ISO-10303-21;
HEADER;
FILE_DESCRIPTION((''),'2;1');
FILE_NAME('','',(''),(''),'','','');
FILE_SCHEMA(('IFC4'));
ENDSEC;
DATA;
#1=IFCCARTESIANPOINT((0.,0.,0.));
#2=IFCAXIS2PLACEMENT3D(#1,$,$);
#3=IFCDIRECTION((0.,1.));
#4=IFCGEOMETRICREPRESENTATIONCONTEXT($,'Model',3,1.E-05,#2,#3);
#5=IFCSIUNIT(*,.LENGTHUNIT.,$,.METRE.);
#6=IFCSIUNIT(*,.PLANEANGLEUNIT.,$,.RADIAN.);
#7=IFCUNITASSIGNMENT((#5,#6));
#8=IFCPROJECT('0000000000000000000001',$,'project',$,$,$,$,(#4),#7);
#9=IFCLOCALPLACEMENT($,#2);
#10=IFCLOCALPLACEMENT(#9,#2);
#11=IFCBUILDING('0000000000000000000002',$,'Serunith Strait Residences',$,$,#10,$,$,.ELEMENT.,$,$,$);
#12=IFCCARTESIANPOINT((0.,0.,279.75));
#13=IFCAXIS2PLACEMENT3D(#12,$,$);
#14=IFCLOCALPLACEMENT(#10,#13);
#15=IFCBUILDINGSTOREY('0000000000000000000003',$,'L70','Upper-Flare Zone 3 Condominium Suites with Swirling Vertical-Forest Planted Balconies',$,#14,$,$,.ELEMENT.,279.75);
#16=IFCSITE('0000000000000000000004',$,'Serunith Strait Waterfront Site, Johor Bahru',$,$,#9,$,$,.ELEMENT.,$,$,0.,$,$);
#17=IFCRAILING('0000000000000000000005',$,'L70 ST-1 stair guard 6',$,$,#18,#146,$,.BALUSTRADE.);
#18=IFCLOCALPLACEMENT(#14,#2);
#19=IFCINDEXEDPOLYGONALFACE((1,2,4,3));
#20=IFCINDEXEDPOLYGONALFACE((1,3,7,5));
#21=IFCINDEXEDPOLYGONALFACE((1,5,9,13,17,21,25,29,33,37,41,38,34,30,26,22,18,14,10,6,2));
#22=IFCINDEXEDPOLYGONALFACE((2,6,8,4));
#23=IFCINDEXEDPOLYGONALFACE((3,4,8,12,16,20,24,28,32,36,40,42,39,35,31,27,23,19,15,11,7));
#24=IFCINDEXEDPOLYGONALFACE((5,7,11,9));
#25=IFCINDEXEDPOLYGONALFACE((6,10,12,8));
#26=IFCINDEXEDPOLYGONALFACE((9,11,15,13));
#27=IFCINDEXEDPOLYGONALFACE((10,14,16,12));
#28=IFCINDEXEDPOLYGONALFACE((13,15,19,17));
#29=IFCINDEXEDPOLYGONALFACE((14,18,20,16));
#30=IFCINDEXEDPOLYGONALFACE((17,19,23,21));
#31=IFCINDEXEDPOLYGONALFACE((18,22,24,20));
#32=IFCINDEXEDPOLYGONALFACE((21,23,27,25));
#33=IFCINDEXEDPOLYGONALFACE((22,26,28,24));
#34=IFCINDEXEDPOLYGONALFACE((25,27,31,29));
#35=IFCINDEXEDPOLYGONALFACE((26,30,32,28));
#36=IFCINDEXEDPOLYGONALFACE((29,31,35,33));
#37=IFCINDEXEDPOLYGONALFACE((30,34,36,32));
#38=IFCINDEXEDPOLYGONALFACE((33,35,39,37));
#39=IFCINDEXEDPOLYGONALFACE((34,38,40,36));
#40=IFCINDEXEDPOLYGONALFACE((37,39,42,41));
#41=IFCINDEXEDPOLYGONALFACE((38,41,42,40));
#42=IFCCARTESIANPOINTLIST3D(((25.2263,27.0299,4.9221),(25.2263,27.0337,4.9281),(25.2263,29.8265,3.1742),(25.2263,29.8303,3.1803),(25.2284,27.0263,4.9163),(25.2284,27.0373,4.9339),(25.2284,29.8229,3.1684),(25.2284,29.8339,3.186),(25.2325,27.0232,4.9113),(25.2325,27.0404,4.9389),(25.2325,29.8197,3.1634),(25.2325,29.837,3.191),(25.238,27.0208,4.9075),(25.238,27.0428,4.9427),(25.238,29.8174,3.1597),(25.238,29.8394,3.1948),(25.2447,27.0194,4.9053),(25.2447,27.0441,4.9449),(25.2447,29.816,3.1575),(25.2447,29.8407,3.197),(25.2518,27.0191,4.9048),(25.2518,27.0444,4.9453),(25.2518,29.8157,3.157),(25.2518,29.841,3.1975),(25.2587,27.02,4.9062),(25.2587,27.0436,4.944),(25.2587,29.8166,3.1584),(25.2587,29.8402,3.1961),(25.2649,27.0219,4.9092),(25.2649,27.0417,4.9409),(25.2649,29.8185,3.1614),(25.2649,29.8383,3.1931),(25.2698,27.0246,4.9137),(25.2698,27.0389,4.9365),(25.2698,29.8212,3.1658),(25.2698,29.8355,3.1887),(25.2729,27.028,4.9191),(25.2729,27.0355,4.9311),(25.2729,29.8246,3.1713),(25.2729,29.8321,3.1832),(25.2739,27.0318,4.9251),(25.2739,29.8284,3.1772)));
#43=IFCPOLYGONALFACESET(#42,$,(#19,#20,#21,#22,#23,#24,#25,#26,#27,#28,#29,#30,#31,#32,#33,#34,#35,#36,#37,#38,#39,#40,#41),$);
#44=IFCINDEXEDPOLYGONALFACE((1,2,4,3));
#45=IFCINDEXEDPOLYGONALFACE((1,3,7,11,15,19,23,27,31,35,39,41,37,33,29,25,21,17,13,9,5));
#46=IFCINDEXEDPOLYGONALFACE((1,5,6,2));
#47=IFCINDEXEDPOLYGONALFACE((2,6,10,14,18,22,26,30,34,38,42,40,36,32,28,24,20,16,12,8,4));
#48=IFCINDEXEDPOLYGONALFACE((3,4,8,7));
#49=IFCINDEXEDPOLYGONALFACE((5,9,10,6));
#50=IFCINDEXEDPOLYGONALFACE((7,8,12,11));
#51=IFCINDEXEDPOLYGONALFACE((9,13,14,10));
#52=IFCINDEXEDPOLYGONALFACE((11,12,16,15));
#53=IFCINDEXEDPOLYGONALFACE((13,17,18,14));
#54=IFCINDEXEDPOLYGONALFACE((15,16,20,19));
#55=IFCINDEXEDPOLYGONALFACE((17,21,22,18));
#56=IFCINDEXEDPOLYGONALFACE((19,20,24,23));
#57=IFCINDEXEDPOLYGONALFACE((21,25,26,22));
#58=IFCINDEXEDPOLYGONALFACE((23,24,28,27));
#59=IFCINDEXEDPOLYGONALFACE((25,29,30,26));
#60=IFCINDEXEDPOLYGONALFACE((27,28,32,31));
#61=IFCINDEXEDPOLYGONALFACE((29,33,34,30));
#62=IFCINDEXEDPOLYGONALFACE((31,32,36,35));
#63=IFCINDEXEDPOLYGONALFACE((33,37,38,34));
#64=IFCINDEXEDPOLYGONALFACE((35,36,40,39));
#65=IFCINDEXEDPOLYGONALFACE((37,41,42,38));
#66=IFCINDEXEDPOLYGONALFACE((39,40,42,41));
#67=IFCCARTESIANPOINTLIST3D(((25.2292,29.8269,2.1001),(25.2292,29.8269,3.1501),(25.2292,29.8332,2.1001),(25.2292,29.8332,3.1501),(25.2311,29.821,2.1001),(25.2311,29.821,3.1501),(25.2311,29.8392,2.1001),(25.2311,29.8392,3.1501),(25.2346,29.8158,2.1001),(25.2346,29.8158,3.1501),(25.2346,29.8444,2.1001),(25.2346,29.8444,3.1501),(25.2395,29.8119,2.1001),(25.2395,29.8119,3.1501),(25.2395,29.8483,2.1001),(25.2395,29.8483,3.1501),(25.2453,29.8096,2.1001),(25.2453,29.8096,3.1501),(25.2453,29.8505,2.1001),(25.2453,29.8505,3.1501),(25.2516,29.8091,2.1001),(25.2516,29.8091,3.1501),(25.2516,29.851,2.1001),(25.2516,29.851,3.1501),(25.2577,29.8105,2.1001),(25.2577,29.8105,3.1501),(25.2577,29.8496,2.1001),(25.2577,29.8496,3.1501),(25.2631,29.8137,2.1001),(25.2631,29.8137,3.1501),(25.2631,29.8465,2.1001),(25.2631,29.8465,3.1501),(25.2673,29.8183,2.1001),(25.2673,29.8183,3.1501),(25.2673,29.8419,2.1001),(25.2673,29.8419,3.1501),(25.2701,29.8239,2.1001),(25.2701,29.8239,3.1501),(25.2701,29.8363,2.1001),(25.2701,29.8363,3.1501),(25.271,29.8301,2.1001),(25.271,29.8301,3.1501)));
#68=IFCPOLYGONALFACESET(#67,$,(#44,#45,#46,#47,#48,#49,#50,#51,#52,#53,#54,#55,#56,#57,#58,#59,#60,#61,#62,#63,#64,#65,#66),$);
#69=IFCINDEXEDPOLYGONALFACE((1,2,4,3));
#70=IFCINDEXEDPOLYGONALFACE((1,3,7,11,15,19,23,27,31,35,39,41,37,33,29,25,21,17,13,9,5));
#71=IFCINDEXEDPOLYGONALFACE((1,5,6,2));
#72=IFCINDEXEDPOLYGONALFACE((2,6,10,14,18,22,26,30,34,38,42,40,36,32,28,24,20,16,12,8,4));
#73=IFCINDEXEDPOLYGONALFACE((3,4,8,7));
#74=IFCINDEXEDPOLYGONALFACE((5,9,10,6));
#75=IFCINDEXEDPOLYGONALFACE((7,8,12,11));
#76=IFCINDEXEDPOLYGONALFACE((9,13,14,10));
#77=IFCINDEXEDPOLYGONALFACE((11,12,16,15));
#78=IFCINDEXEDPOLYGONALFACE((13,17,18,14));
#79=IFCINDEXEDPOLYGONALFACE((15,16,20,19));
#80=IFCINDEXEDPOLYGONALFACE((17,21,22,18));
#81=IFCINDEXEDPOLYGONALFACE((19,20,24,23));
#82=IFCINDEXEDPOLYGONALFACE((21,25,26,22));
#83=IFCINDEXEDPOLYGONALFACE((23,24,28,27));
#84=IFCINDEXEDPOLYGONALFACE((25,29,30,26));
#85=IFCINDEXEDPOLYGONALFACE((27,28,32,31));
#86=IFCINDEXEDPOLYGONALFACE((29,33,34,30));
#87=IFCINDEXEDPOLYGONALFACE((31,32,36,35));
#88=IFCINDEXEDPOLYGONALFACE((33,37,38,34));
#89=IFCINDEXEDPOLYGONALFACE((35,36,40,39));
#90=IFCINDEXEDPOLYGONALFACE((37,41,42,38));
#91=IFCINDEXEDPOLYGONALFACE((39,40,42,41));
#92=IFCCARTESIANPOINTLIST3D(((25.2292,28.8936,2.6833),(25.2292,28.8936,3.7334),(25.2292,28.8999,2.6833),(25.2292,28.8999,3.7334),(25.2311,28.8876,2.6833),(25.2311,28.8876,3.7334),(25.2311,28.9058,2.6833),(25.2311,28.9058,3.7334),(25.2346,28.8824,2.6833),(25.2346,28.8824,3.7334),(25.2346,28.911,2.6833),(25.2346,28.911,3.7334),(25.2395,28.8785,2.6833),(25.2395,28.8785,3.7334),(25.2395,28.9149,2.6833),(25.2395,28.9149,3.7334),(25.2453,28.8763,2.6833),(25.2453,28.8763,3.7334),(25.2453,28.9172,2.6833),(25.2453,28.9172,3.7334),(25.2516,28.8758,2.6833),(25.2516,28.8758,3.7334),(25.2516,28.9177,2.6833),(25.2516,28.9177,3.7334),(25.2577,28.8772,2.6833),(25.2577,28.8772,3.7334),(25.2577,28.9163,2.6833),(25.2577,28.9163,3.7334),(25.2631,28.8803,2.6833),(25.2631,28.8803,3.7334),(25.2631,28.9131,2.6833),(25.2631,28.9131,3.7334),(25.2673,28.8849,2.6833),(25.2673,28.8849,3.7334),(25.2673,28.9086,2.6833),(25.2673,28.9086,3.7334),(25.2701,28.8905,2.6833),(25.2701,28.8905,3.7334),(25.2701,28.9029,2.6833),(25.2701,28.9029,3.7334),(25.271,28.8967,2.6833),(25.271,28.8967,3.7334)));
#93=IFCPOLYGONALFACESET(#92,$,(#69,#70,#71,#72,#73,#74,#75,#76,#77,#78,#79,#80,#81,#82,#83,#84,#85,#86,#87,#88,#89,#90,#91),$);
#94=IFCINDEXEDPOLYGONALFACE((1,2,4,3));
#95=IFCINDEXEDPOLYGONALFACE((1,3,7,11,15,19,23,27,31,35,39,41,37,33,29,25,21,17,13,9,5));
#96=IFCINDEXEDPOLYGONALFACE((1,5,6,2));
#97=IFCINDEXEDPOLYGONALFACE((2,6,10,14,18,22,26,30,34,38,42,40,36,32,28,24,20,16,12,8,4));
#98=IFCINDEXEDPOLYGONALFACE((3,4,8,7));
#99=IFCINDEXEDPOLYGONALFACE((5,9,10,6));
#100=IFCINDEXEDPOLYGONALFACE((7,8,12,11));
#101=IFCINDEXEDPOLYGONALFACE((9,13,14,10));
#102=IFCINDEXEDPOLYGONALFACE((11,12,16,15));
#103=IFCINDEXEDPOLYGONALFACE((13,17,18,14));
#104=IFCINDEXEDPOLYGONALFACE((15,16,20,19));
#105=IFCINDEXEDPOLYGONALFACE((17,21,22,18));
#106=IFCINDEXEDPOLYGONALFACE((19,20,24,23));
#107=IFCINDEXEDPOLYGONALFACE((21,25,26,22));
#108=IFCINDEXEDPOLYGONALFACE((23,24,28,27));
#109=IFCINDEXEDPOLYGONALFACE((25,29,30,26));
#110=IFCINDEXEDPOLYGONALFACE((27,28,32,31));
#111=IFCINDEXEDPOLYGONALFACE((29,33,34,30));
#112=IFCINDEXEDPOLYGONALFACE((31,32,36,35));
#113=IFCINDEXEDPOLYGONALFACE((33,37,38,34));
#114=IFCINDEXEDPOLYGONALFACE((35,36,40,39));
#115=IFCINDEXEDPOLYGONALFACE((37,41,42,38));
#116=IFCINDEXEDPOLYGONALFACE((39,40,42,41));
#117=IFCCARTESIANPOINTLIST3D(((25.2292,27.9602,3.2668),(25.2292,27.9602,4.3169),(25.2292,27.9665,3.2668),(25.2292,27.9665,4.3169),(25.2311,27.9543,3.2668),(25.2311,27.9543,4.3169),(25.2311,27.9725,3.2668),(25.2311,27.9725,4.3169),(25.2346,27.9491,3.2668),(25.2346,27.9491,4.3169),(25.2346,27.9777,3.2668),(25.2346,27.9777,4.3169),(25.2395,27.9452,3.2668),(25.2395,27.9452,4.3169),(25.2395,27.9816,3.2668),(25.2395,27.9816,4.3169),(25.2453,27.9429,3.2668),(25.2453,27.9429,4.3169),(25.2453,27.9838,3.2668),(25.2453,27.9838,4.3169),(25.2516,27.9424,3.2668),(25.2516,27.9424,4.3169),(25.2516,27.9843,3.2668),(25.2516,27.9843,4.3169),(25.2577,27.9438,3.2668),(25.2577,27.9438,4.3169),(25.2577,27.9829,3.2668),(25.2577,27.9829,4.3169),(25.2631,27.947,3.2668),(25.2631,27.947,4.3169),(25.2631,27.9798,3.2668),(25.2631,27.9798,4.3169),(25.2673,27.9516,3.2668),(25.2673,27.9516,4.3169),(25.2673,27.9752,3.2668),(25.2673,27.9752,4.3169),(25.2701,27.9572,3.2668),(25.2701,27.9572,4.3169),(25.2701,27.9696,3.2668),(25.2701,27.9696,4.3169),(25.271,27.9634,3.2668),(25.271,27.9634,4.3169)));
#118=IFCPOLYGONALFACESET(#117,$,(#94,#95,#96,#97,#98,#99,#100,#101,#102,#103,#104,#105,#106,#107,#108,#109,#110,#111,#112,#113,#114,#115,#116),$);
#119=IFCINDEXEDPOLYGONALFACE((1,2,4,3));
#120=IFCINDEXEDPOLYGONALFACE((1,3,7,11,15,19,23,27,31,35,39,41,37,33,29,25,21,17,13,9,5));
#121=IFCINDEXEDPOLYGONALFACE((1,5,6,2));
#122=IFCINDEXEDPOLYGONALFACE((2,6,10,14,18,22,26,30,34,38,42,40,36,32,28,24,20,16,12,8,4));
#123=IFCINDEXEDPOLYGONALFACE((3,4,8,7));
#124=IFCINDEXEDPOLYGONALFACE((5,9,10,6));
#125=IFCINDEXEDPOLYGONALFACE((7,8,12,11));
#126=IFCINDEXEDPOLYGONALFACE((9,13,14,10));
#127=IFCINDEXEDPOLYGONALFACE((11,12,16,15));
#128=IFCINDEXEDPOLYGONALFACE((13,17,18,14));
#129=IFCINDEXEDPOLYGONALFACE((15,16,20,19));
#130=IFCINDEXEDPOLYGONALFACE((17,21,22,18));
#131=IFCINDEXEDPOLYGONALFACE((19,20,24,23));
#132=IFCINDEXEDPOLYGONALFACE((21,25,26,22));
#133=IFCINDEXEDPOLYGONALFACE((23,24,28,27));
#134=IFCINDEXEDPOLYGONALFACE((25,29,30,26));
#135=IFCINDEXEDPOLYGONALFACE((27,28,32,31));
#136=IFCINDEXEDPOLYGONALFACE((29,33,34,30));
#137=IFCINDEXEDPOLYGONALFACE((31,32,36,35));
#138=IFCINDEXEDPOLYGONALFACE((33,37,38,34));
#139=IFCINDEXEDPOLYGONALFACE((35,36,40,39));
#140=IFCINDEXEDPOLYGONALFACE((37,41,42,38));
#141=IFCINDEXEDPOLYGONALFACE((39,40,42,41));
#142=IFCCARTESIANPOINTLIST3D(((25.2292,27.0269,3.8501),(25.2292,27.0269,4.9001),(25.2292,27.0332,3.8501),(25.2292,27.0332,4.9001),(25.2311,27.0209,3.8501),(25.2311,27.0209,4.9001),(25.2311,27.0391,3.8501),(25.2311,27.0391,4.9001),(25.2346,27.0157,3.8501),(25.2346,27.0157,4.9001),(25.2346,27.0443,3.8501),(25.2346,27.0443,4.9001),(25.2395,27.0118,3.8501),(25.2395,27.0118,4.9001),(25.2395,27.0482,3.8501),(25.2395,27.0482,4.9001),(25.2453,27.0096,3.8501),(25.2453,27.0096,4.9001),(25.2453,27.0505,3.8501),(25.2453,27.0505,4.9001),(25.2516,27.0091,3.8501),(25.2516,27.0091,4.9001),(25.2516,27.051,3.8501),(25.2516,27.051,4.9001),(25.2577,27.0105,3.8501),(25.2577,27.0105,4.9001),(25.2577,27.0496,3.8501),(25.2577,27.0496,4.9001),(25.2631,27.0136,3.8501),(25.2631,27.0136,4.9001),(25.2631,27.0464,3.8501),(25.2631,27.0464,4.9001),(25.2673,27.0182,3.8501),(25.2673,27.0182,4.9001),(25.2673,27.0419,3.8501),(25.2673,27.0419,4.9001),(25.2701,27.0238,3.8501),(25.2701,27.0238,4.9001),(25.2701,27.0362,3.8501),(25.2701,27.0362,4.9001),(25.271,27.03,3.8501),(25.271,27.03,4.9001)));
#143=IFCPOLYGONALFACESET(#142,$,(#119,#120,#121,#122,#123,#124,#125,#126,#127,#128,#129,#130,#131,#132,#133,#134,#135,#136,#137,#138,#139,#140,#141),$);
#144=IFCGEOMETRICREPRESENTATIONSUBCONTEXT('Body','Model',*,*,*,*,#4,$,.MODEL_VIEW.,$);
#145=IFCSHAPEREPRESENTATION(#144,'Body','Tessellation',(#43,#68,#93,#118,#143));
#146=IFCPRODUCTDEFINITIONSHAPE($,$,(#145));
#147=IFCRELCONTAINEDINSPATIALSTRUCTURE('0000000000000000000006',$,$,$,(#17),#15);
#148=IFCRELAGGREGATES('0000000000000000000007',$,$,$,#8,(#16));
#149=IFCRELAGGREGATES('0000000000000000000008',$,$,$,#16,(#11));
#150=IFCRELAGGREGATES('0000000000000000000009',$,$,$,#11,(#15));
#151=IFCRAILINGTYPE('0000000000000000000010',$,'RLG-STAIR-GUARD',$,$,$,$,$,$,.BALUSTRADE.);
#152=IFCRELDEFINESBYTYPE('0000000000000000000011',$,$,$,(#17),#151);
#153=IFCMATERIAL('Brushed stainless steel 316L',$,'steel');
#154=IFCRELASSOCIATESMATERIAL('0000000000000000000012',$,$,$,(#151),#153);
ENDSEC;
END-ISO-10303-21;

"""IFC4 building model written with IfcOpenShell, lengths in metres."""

from ifc_helpers import new_model, si_unit, direction, frame, origin, origin_2d, place, context, subcontext, project, spatial, circle, extrude, material, type_object, element, save


model = new_model("IFC4")

# Units and contexts
model_context = context("Model", 3, precision=1e-05, world=origin(), true_north=direction((0.0, 1.0)))
body_context = subcontext(model_context, "Body", "Model", "MODEL_VIEW")
ifc_project = project(units=[si_unit("LENGTHUNIT", "METRE"), si_unit("PLANEANGLEUNIT", "RADIAN")], contexts=[model_context])

# Site, building, storey
site_placement = place(None, origin())
site = spatial("IfcSite", under=ifc_project, at=site_placement, Name="Serunith Strait Waterfront Site, Johor Bahru", CompositionType="ELEMENT", RefElevation=0.0)
building_placement = place(site_placement, origin())
building = spatial("IfcBuilding", under=site, at=building_placement, Name="Serunith Strait Residences", CompositionType="ELEMENT")
storey_placement = place(building_placement, frame((0.0, 0.0, 279.75)))
storey = spatial("IfcBuildingStorey", under=building, at=storey_placement, Name="L70", Description="Upper-Flare Zone 3 Condominium Suites with Swirling Vertical-Forest Planted Balconies", CompositionType="ELEMENT", Elevation=279.75)

# Railing
ifc_material_1 = material(Name="Brushed stainless steel 316L", Category="steel")
railing_type_1 = type_object("IfcRailingType", Name="RLG-STAIR-GUARD", PredefinedType="BALUSTRADE", material=ifc_material_1)
railing_1_placement = place(storey_placement, frame((25.25, 29.8301, 2.1001)))
element("IfcRailing", 1, at=railing_1_placement, inside=storey, type_object=railing_type_1, Name="L70 ST-1 stair guard 6", PredefinedType="BALUSTRADE", context=body_context, shape_type="SweptSolid", body=[
    extrude(circle(Radius=0.0239, at=origin_2d()), frame((0.0, -0.0017, 1.0771), z_axis=(0.0, -0.848002, 0.529992), x_axis=(1.0, 0.0, 0.0)), (0.0, 0.0, 1.0), 3.2979),
    extrude(circle(Radius=0.021, at=origin_2d()), origin(), (0.0, 0.0, 1.0), 1.05),
    extrude(circle(Radius=0.021, at=origin_2d()), frame((0.0, -0.9333, 0.5833)), (0.0, 0.0, 1.0), 1.05),
    extrude(circle(Radius=0.021, at=origin_2d()), frame((0.0, -1.8667, 1.1667)), (0.0, 0.0, 1.0), 1.05),
    extrude(circle(Radius=0.021, at=origin_2d()), frame((0.0, -2.8, 1.75)), (0.0, 0.0, 1.0), 1.05),
])

save(model, "model.ifc")
